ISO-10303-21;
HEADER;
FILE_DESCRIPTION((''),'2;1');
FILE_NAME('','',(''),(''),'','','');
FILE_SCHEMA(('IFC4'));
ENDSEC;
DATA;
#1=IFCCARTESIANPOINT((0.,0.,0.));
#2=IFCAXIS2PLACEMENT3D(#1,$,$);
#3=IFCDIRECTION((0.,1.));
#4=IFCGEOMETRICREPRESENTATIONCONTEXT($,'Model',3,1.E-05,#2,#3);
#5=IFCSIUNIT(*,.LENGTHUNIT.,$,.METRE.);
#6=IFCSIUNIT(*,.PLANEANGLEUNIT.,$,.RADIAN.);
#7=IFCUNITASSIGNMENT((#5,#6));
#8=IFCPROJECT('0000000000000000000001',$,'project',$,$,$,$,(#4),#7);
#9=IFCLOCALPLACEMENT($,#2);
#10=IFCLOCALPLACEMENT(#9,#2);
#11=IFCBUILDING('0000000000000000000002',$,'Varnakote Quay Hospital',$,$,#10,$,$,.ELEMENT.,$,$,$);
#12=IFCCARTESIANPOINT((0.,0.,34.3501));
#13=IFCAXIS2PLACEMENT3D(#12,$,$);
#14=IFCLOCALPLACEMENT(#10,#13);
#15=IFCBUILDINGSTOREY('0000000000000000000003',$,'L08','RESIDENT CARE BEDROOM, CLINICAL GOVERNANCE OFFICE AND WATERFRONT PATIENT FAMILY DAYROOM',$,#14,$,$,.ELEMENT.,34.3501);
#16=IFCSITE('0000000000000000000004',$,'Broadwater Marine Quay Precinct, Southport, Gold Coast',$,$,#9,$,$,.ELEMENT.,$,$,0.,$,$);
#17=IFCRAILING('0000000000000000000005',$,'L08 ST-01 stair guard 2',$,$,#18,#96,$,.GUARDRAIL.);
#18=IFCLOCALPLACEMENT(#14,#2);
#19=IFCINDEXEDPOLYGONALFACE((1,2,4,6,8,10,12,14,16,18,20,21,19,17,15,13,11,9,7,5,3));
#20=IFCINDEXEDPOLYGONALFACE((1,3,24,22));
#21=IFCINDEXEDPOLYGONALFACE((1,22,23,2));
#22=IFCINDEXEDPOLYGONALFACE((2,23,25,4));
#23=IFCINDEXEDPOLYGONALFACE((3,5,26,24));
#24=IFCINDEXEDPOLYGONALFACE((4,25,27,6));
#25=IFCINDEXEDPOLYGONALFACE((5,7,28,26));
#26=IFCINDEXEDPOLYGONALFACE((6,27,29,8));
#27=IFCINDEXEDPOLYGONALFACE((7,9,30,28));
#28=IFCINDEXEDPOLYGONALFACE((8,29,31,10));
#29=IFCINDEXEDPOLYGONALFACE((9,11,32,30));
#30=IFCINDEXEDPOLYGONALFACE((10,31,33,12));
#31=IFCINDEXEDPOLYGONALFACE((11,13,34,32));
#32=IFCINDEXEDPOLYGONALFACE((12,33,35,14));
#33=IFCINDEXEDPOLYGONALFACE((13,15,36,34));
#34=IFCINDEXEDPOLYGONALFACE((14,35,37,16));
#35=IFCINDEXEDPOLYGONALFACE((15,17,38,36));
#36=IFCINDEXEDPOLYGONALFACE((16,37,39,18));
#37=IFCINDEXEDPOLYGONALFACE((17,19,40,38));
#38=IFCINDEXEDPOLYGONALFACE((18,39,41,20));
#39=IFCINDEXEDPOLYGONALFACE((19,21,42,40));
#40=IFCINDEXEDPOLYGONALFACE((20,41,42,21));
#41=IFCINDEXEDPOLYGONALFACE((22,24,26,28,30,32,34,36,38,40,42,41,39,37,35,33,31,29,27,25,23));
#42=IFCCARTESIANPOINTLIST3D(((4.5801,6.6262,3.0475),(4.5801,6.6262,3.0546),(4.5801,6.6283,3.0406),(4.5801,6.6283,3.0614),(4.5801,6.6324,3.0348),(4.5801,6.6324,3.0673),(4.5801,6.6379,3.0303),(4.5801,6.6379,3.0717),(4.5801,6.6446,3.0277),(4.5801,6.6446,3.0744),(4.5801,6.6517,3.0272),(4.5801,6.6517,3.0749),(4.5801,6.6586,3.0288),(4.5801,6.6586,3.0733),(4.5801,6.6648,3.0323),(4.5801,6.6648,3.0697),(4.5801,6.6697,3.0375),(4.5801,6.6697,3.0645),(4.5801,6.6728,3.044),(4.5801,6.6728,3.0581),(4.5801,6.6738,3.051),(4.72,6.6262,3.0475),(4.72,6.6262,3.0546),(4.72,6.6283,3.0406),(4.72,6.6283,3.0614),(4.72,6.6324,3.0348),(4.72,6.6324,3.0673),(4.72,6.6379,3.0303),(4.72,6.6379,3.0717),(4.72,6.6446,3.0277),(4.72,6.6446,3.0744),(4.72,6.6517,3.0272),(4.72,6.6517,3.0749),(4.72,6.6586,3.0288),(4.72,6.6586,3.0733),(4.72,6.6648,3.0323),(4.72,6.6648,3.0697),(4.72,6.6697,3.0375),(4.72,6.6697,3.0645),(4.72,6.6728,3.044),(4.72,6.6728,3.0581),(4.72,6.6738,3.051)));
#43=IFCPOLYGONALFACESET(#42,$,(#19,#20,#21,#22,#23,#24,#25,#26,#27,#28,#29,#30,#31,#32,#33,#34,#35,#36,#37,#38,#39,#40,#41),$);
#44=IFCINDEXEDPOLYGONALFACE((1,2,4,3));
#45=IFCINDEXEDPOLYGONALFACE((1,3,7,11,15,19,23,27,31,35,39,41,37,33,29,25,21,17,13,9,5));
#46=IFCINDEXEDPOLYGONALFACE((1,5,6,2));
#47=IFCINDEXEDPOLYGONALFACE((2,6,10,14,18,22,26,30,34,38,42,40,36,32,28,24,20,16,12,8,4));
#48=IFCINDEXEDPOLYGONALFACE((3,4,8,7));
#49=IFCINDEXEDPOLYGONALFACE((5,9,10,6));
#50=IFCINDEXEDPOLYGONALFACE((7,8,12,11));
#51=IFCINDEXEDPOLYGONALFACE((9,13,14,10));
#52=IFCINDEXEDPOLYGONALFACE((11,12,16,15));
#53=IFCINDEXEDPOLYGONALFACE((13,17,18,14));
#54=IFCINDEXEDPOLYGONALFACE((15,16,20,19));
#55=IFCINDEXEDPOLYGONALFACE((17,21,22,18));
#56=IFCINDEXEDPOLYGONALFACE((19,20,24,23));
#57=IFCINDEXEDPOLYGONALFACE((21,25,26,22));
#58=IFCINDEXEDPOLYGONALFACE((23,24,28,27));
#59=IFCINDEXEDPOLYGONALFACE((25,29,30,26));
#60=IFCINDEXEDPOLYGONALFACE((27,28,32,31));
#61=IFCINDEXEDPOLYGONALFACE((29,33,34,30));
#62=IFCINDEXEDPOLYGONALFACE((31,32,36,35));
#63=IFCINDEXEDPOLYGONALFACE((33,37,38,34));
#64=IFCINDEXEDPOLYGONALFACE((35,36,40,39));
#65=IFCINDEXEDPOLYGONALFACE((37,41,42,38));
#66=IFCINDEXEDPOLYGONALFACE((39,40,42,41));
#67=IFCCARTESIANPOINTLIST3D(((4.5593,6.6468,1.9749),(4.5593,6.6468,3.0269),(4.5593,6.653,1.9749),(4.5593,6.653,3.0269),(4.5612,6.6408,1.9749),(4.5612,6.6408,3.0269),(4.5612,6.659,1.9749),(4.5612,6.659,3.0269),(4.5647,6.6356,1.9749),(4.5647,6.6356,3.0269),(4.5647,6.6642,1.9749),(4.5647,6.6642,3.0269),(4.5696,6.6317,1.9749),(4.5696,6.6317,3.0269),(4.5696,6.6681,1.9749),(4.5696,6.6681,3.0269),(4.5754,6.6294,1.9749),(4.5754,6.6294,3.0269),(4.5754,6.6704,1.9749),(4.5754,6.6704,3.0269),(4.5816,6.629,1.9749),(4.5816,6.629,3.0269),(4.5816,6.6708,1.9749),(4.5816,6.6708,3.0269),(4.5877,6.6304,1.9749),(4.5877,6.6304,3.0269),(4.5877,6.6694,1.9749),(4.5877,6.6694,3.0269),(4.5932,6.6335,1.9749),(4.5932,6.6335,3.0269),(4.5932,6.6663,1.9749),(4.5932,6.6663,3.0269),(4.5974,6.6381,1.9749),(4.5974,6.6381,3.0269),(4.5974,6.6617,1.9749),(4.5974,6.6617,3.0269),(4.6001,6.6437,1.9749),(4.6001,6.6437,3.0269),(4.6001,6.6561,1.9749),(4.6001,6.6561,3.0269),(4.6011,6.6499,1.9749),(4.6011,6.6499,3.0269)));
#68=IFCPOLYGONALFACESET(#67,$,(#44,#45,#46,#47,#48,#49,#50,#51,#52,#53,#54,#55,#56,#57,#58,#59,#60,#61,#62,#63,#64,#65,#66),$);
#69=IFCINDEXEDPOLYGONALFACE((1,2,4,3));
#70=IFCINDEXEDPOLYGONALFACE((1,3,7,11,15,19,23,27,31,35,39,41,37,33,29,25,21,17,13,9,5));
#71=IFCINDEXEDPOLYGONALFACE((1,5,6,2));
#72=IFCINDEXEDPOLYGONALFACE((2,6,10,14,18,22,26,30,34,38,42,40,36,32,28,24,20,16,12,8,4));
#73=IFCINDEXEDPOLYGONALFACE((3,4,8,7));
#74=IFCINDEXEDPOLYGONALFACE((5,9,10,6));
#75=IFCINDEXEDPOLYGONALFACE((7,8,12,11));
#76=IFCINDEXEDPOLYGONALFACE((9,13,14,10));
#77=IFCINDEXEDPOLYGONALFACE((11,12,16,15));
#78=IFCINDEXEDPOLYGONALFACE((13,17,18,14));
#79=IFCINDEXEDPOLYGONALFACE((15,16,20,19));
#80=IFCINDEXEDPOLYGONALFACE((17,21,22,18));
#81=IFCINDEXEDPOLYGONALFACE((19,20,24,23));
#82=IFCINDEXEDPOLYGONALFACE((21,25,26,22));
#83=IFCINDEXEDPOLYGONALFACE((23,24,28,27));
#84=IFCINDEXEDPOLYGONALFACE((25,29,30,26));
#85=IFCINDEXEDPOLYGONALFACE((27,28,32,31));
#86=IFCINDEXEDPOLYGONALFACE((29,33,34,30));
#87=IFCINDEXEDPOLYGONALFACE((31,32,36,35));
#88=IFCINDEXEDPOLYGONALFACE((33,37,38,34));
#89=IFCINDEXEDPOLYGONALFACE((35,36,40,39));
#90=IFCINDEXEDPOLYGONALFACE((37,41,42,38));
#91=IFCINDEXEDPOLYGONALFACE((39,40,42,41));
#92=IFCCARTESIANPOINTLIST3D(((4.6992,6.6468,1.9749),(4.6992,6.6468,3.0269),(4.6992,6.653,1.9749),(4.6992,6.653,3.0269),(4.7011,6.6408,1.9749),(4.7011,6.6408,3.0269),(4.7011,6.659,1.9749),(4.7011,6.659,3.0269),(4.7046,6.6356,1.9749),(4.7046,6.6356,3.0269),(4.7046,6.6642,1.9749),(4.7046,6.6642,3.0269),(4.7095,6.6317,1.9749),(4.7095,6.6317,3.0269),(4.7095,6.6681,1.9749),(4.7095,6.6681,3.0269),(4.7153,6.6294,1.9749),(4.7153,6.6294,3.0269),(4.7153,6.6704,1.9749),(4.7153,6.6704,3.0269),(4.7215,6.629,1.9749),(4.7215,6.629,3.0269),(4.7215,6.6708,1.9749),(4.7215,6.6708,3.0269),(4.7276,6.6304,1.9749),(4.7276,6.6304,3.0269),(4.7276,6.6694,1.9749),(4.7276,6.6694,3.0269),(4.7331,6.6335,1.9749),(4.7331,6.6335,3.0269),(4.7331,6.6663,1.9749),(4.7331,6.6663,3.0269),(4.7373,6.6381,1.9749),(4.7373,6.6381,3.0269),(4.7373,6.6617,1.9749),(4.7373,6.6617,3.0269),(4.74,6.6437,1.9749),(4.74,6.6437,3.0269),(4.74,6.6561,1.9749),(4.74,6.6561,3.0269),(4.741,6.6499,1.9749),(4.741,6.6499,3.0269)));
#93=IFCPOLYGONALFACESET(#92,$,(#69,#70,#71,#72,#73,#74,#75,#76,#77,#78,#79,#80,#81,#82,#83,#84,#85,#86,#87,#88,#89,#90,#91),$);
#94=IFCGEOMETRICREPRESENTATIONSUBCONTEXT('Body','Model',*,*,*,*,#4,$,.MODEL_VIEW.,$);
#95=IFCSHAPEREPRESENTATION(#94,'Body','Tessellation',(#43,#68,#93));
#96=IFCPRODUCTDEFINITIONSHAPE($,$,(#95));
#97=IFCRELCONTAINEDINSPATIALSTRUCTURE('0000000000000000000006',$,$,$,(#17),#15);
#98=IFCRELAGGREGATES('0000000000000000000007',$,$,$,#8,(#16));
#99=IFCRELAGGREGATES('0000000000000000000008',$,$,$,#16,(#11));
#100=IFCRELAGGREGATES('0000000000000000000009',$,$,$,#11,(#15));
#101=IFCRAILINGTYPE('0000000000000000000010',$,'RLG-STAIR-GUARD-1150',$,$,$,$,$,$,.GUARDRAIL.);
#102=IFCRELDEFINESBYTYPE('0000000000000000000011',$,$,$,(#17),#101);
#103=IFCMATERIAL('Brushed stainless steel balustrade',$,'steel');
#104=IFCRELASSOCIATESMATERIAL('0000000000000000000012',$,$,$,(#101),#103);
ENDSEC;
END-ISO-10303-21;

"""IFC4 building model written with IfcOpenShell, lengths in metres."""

from ifc_helpers import new_model, si_unit, direction, frame, origin, origin_2d, place, context, subcontext, project, spatial, circle, extrude, material, type_object, element, save


model = new_model("IFC4")

# Units and contexts
model_context = context("Model", 3, precision=1e-05, world=origin(), true_north=direction((0.0, 1.0)))
body_context = subcontext(model_context, "Body", "Model", "MODEL_VIEW")
ifc_project = project(units=[si_unit("LENGTHUNIT", "METRE"), si_unit("PLANEANGLEUNIT", "RADIAN")], contexts=[model_context])

# Site, building, storey
site_placement = place(None, origin())
site = spatial("IfcSite", under=ifc_project, at=site_placement, Name="Broadwater Marine Quay Precinct, Southport, Gold Coast", CompositionType="ELEMENT", RefElevation=0.0)
building_placement = place(site_placement, origin())
building = spatial("IfcBuilding", under=site, at=building_placement, Name="Varnakote Quay Hospital", CompositionType="ELEMENT")
storey_placement = place(building_placement, frame((0.0, 0.0, 34.3501)))
storey = spatial("IfcBuildingStorey", under=building, at=storey_placement, Name="L08", Description="RESIDENT CARE BEDROOM, CLINICAL GOVERNANCE OFFICE AND WATERFRONT PATIENT FAMILY DAYROOM", CompositionType="ELEMENT", Elevation=34.3501)

# Railing
ifc_material_1 = material(Name="Brushed stainless steel balustrade", Category="steel")
railing_type_1 = type_object("IfcRailingType", Name="RLG-STAIR-GUARD-1150", PredefinedType="GUARDRAIL", material=ifc_material_1)
railing_1_placement = place(storey_placement, frame((4.5801, 6.6499, 1.9749)))
element("IfcRailing", 1, at=railing_1_placement, inside=storey, type_object=railing_type_1, Name="L08 ST-01 stair guard 2", PredefinedType="GUARDRAIL", context=body_context, shape_type="SweptSolid", body=[
    extrude(circle(Radius=0.0239, at=origin_2d()), frame((0.0, 0.0, 1.0762), z_axis=(1.0, 0.0, 0.0), x_axis=(0.0, 1.0, 0.0)), (0.0, 0.0, 1.0), 0.1399),
    extrude(circle(Radius=0.021, at=origin_2d()), origin(), (0.0, 0.0, 1.0), 1.052),
    extrude(circle(Radius=0.021, at=origin_2d()), frame((0.1399, 0.0, 0.0)), (0.0, 0.0, 1.0), 1.052),
])

save(model, "model.ifc")
